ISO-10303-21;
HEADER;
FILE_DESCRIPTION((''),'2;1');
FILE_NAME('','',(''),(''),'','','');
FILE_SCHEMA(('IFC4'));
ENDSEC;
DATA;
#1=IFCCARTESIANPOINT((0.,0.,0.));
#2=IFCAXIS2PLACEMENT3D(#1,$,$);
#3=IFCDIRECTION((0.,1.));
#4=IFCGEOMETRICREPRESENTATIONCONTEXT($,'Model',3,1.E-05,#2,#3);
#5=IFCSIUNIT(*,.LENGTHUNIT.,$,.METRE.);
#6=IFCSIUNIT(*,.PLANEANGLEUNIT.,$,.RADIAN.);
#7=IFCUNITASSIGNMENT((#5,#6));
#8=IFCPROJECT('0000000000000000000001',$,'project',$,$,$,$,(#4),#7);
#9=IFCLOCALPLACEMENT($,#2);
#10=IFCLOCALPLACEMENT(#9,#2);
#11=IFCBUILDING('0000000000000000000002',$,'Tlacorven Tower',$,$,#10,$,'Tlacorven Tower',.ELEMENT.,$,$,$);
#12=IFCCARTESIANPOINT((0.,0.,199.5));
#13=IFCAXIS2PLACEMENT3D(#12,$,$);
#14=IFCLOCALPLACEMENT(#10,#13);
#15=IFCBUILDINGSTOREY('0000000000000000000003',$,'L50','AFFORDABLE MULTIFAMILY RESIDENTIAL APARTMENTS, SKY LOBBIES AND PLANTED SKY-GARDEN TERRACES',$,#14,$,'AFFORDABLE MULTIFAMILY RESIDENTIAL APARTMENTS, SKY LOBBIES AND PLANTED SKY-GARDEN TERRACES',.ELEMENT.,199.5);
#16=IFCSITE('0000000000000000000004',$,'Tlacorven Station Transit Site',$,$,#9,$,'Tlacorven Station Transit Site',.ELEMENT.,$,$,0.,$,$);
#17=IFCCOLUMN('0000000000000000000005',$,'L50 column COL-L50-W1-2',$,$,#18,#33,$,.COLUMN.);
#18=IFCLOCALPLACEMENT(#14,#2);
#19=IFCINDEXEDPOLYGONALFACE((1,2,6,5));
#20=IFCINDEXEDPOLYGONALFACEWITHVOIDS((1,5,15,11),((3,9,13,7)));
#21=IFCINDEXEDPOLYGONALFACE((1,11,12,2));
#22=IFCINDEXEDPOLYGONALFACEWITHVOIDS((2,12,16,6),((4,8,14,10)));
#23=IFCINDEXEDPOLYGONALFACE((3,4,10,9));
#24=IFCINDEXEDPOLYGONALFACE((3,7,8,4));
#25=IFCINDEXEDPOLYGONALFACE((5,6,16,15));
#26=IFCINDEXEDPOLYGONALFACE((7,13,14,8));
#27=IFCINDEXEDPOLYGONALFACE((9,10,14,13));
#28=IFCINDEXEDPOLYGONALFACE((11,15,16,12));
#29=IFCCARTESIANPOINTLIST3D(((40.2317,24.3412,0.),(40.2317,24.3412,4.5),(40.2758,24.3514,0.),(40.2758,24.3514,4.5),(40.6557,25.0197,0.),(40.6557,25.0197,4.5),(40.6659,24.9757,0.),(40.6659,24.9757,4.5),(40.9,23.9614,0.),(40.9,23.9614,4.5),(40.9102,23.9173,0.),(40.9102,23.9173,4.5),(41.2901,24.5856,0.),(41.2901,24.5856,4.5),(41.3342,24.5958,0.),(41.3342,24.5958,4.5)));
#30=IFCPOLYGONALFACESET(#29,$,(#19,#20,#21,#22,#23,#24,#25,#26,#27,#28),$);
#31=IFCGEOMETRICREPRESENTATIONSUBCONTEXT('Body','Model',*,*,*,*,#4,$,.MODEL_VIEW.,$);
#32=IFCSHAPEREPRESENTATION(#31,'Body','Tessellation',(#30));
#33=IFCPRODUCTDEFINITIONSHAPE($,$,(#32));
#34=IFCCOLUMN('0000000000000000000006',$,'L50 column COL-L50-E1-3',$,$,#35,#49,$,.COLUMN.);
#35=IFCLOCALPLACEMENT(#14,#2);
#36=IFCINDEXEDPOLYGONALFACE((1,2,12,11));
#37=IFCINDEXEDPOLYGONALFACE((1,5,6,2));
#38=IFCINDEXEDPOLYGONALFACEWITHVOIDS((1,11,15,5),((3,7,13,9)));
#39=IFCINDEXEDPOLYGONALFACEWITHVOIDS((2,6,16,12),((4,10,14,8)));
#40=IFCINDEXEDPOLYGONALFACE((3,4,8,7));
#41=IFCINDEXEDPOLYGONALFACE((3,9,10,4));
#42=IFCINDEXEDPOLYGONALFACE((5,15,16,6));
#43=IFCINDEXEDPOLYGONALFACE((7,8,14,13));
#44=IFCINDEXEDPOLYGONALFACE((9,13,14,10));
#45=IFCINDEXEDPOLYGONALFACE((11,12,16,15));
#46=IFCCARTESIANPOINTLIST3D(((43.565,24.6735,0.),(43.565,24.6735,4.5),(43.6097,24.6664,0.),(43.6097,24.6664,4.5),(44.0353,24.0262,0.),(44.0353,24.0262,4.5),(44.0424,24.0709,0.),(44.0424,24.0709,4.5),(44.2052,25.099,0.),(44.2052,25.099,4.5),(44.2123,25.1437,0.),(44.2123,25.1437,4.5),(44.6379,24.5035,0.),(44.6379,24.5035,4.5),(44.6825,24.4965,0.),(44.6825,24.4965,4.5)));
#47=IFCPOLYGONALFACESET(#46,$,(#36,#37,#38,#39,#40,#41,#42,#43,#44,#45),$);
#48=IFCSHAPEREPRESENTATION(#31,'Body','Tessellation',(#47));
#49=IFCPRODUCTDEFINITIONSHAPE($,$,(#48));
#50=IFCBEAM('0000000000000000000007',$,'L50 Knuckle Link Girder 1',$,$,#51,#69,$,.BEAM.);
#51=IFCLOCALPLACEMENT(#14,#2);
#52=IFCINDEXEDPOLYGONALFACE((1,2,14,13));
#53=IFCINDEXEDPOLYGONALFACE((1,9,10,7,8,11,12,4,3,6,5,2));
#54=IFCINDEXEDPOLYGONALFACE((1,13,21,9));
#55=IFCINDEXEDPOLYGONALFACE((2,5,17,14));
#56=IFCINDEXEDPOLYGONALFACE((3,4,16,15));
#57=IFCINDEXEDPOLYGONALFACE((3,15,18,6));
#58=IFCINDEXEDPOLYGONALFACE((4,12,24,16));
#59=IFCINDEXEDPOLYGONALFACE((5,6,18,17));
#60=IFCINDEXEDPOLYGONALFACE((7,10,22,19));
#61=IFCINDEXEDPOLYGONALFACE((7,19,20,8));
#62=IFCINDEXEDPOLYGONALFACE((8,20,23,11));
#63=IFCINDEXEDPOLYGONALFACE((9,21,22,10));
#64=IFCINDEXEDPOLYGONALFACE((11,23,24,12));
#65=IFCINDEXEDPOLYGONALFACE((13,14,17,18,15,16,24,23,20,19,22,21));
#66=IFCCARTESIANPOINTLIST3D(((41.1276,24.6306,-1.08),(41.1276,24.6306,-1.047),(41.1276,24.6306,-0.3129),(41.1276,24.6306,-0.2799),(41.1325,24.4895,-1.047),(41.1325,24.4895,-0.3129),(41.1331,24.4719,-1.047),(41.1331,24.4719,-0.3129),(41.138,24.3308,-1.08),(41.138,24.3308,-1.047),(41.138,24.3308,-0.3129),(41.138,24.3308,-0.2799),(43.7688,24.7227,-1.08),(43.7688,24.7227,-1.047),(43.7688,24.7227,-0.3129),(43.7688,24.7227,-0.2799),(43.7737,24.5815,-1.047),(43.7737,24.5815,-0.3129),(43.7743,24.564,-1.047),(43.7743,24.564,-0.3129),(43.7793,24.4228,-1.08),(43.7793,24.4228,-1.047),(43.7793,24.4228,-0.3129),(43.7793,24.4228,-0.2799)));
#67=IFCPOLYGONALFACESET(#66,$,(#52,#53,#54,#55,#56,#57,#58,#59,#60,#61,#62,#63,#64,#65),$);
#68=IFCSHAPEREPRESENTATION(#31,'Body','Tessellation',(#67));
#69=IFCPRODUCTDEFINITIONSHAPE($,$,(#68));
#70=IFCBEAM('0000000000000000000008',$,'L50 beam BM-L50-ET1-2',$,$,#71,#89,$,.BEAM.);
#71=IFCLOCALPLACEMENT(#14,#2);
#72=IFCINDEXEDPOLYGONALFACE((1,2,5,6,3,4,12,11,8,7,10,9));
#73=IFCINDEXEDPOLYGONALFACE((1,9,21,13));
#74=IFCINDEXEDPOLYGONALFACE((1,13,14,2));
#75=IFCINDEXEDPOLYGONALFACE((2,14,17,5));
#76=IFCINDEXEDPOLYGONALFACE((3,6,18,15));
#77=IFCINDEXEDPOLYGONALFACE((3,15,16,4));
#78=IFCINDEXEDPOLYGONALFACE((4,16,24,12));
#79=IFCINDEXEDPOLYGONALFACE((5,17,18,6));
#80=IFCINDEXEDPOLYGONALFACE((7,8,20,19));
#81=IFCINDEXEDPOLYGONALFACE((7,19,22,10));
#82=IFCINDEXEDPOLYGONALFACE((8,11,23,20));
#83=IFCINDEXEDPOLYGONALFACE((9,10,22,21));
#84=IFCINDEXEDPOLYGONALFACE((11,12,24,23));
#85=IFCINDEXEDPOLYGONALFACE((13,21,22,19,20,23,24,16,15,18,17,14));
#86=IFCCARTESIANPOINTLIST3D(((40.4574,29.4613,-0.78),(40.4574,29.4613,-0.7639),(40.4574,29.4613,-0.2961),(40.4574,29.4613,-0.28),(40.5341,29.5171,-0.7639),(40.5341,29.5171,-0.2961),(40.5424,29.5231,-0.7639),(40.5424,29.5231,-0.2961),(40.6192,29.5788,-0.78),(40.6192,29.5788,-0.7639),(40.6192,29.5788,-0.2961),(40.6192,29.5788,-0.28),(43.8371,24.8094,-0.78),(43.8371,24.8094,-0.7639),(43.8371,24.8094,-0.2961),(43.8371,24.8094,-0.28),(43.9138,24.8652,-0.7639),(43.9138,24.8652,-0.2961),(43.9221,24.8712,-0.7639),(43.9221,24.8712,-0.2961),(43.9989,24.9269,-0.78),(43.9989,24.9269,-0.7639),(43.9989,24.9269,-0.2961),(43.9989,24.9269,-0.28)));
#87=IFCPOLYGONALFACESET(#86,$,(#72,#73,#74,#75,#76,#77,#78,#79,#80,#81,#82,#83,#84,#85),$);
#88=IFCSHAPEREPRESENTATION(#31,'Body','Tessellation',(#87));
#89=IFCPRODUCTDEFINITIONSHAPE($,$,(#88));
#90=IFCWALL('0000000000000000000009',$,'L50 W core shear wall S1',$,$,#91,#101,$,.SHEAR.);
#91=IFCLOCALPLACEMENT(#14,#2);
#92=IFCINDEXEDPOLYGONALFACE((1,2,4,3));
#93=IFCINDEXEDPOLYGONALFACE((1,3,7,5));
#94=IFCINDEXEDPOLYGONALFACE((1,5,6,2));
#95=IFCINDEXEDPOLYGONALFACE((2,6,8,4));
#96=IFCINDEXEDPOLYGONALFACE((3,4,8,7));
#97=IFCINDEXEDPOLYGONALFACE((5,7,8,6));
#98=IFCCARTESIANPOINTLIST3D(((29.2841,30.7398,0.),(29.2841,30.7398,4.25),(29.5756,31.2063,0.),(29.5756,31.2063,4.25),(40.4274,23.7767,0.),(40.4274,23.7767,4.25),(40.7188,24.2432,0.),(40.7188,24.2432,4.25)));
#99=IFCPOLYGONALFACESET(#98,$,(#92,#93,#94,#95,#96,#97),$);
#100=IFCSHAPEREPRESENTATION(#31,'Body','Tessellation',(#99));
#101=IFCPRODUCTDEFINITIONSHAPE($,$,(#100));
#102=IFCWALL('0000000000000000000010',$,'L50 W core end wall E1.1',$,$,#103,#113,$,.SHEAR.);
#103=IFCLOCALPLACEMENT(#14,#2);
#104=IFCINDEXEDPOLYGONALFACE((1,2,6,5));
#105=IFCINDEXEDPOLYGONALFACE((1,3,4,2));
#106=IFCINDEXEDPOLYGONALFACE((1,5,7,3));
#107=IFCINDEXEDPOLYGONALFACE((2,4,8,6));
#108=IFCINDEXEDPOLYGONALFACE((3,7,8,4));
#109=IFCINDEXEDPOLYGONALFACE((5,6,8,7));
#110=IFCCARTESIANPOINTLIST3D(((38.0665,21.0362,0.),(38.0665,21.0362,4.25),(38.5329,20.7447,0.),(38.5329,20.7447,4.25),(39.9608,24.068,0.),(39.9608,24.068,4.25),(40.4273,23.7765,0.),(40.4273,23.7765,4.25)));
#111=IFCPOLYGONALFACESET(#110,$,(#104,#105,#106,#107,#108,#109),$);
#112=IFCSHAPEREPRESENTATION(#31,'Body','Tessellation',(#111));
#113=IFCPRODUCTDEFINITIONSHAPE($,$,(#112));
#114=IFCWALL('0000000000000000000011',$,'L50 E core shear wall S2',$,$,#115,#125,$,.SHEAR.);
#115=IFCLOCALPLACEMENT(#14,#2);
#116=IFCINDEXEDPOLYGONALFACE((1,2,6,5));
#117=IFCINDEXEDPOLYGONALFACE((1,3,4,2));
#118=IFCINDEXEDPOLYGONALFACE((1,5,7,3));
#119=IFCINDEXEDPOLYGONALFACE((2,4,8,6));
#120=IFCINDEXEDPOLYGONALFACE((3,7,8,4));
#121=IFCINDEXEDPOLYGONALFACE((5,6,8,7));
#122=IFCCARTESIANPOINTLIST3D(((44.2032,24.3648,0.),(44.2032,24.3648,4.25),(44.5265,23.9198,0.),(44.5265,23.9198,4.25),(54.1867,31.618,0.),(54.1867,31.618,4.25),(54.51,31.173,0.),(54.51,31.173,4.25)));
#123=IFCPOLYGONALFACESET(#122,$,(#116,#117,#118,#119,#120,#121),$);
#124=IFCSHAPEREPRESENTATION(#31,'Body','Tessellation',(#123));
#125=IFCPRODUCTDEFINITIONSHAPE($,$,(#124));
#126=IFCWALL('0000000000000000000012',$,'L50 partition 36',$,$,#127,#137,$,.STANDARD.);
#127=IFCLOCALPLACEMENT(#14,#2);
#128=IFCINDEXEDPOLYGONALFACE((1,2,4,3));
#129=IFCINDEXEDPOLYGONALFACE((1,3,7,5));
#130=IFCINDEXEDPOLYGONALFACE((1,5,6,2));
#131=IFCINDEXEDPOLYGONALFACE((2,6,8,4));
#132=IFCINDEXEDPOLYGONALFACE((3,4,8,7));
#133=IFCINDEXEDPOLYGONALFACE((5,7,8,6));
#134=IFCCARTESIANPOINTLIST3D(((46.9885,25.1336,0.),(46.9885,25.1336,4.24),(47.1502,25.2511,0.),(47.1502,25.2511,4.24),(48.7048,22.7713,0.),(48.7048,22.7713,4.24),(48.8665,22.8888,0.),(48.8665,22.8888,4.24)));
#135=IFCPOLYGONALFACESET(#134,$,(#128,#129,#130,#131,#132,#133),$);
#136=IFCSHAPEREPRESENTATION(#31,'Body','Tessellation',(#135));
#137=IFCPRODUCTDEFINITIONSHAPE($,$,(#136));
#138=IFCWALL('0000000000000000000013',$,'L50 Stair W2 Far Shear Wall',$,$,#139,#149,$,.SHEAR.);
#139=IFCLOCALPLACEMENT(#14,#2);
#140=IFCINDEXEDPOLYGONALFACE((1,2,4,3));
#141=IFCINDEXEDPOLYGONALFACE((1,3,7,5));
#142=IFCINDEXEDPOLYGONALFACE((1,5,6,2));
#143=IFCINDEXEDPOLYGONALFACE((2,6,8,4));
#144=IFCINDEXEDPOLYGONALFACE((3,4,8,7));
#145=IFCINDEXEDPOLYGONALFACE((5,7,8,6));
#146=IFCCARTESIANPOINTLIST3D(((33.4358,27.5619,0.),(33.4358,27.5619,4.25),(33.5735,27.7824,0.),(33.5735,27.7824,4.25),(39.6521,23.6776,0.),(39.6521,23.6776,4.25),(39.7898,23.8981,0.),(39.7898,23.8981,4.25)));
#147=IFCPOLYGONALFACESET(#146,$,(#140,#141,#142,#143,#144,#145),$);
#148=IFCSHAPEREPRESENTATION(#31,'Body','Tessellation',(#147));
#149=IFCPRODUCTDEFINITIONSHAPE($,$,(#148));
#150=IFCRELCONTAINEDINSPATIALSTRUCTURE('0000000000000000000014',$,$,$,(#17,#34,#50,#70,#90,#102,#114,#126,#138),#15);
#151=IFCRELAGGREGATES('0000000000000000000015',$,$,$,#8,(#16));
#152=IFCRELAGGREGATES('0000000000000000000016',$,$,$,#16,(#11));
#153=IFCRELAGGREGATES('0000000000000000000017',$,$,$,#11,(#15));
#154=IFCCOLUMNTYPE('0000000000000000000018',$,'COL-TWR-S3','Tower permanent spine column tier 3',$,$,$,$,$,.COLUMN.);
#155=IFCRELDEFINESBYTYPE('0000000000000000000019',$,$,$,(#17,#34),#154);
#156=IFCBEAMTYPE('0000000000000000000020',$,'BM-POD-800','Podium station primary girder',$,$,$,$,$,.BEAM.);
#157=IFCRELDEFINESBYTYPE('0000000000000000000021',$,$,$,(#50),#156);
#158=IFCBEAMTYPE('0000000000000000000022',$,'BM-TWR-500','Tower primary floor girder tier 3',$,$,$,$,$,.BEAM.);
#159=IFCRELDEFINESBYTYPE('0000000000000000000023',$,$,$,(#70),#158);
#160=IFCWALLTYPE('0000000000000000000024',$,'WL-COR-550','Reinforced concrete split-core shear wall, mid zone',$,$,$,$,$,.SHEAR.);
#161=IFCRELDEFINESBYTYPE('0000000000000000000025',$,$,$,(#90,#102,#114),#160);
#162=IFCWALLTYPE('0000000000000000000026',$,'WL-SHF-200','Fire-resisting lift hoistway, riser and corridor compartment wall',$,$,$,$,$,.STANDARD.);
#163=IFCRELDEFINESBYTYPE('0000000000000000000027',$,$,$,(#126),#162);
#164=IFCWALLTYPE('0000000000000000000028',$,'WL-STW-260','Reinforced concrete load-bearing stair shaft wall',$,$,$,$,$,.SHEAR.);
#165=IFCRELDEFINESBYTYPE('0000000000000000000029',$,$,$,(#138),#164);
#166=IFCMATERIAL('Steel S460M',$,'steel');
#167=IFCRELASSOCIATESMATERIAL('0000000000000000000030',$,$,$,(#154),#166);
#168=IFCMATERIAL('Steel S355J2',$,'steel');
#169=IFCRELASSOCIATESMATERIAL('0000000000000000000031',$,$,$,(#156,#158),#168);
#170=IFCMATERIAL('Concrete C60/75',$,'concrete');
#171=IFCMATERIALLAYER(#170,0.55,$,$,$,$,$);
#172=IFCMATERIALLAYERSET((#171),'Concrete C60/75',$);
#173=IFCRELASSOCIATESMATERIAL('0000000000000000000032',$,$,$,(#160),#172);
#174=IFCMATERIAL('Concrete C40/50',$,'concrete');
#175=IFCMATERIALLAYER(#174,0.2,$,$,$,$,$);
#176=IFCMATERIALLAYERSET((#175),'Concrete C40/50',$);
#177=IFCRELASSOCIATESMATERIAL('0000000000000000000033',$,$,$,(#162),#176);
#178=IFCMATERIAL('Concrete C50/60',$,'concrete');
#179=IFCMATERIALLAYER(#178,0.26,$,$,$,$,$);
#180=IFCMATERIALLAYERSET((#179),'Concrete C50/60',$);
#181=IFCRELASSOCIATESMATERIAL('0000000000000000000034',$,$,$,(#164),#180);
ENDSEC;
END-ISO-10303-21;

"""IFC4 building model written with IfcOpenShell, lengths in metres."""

from ifc_helpers import new_model, si_unit, direction, frame, frame_2d, origin, origin_2d, place, context, subcontext, project, spatial, rectangle, hollow_rectangle, i_section, extrude, source, transform, mapped, material, layer, layer_set, material_profile, profile_set, type_object, element, save


model = new_model("IFC4")

# Units and contexts
model_context = context("Model", 3, precision=1e-05, world=origin(), true_north=direction((0.0, 1.0)))
body_context = subcontext(model_context, "Body", "Model", "MODEL_VIEW")
ifc_project = project(units=[si_unit("LENGTHUNIT", "METRE"), si_unit("PLANEANGLEUNIT", "RADIAN")], contexts=[model_context])

# Site, building, storey
site_placement = place(None, origin())
site = spatial("IfcSite", under=ifc_project, at=site_placement, Name="Tlacorven Station Transit Site", LongName="Tlacorven Station Transit Site", CompositionType="ELEMENT", RefElevation=0.0)
building_placement = place(site_placement, origin())
building = spatial("IfcBuilding", under=site, at=building_placement, Name="Tlacorven Tower", LongName="Tlacorven Tower", CompositionType="ELEMENT")
storey_placement = place(building_placement, frame((0.0, 0.0, 199.5)))
storey = spatial("IfcBuildingStorey", under=building, at=storey_placement, Name="L50", Description="AFFORDABLE MULTIFAMILY RESIDENTIAL APARTMENTS, SKY LOBBIES AND PLANTED SKY-GARDEN TERRACES", LongName="AFFORDABLE MULTIFAMILY RESIDENTIAL APARTMENTS, SKY LOBBIES AND PLANTED SKY-GARDEN TERRACES", CompositionType="ELEMENT", Elevation=199.5)

# Columns
ifc_material_1 = material(Name="Steel S460M", Category="steel")
ifc_material_profile_1 = material_profile(ifc_material_1, hollow_rectangle(XDim=0.8, YDim=0.8, WallThickness=0.032, at=origin_2d()), Name="BOX 800X800X32")
ifc_profile_set_1 = profile_set([ifc_material_profile_1], Name="Steel S460M")
column_type = type_object("IfcColumnType", Name="COL-TWR-S3", Description="Tower permanent spine column tier 3", PredefinedType="COLUMN", material=ifc_profile_set_1)
shared_shape_1 = source(origin(), body_context, "Body", "SweptSolid", [
    extrude(hollow_rectangle(XDim=0.8, YDim=0.8, WallThickness=0.032, at=origin_2d()), origin(), (0.0, 0.0, 1.0), 4.5),
])
for number, where, z_axis, x_axis, name in (
    (1, (40.783, 24.4685, 0.0), (0.0, 0.0, 1.0), (-0.848048, 0.529919, 0.0), "L50 column COL-L50-W1-2"),
    (2, (44.1238, 24.585, 0.0), (0.0, 0.0, 1.0), (0.809017, 0.587785, 0.0), "L50 column COL-L50-E1-3"),
):
    element("IfcColumn", number, at=place(storey_placement, frame(where, z_axis=z_axis, x_axis=x_axis)), inside=storey, type_object=column_type, Name=name, PredefinedType="COLUMN", context=body_context, shape_type="MappedRepresentation", body=[
        mapped(shared_shape_1, transform((0.0, 0.0, 0.0), scale=1.0)),
    ])

# Beams
ifc_material_2 = material(Name="Steel S355J2", Category="steel")
ifc_material_profile_2 = material_profile(ifc_material_2, i_section(OverallWidth=0.3, OverallDepth=0.8, WebThickness=0.0176, FlangeThickness=0.033, at=origin_2d()), Name="HEB 800")
ifc_profile_set_2 = profile_set([ifc_material_profile_2], Name="Steel S355J2")
beam_type_1 = type_object("IfcBeamType", Name="BM-POD-800", Description="Podium station primary girder", PredefinedType="BEAM", material=ifc_profile_set_2)
shared_shape_2 = source(origin(), body_context, "Body", "SweptSolid", [
    extrude(i_section(OverallWidth=0.3, OverallDepth=0.8, WebThickness=0.0176, FlangeThickness=0.033, at=origin_2d()), origin(), (0.0, 0.0, 1.0), 2.6428),
])
beam_1_placement = place(storey_placement, frame((41.1328, 24.4807, -0.6799), z_axis=(0.999393, 0.034828, 0.0), x_axis=(-0.034828, 0.999393, 0.0)))
element("IfcBeam", 3, at=beam_1_placement, inside=storey, type_object=beam_type_1, Name="L50 Knuckle Link Girder 1", PredefinedType="BEAM", context=body_context, shape_type="MappedRepresentation", body=[
    mapped(shared_shape_2, transform((0.0, 0.0, 0.0), scale=1.0)),
])
ifc_material_profile_3 = material_profile(ifc_material_2, i_section(OverallWidth=0.2, OverallDepth=0.5, WebThickness=0.0103, FlangeThickness=0.0161, at=origin_2d()), Name="IPE 500")
ifc_profile_set_3 = profile_set([ifc_material_profile_3], Name="Steel S355J2")
beam_type_2 = type_object("IfcBeamType", Name="BM-TWR-500", Description="Tower primary floor girder tier 3", PredefinedType="BEAM", material=ifc_profile_set_3)
shared_shape_3 = source(origin(), body_context, "Body", "SweptSolid", [
    extrude(i_section(OverallWidth=0.2, OverallDepth=0.5, WebThickness=0.0103, FlangeThickness=0.0161, at=origin_2d()), origin(), (0.0, 0.0, 1.0), 5.75),
])
beam_2_placement = place(storey_placement, frame((43.918, 24.8682, -0.53), z_axis=(-0.58777, 0.809028, 0.0), x_axis=(-0.809028, -0.58777, 0.0)))
element("IfcBeam", 4, at=beam_2_placement, inside=storey, type_object=beam_type_2, Name="L50 beam BM-L50-ET1-2", PredefinedType="BEAM", context=body_context, shape_type="MappedRepresentation", body=[
    mapped(shared_shape_3, transform((0.0, 0.0, 0.0), scale=1.0)),
])

# Walls
ifc_material_3 = material(Name="Concrete C60/75", Category="concrete")
ifc_layer_1 = layer(ifc_material_3, 0.55)
ifc_layer_set_1 = layer_set([ifc_layer_1], Name="Concrete C60/75")
wall_type_1 = type_object("IfcWallType", Name="WL-COR-550", Description="Reinforced concrete split-core shear wall, mid zone", PredefinedType="SHEAR", material=ifc_layer_set_1)
wall_1_placement = place(storey_placement, frame((40.573, 24.01, 0.0), z_axis=(0.0, 0.0, 1.0), x_axis=(-0.848047, 0.52992, 0.0)))
element("IfcWall", 5, at=wall_1_placement, inside=storey, type_object=wall_type_1, Name="L50 W core shear wall S1", PredefinedType="SHEAR", context=body_context, shape_type="SweptSolid", body=[
    extrude(rectangle(XDim=13.1399, YDim=0.55, at=frame_2d((6.5698, 0.0))), origin(), (0.0, 0.0, 1.0), 4.25),
])
wall_2_placement = place(storey_placement, frame((40.1941, 23.9224, 0.0), z_axis=(0.0, 0.0, 1.0), x_axis=(-0.529888, -0.848067, 0.0)))
element("IfcWall", 6, at=wall_2_placement, inside=storey, type_object=wall_type_1, Name="L50 W core end wall E1.1", PredefinedType="SHEAR", context=body_context, shape_type="SweptSolid", body=[
    extrude(rectangle(XDim=3.575, YDim=0.55, at=frame_2d((1.7876, 0.0))), origin(), (0.0, 0.0, 1.0), 4.25),
])
wall_3_placement = place(storey_placement, frame((44.365, 24.1423, 0.0), z_axis=(0.0, 0.0, 1.0), x_axis=(0.809024, 0.587775, 0.0)))
element("IfcWall", 7, at=wall_3_placement, inside=storey, type_object=wall_type_1, Name="L50 E core shear wall S2", PredefinedType="SHEAR", context=body_context, shape_type="SweptSolid", body=[
    extrude(rectangle(XDim=12.3401, YDim=0.55, at=frame_2d((6.1699, 0.0))), origin(), (0.0, 0.0, 1.0), 4.25),
])
ifc_material_4 = material(Name="Concrete C40/50", Category="concrete")
ifc_layer_2 = layer(ifc_material_4, 0.2)
ifc_layer_set_2 = layer_set([ifc_layer_2], Name="Concrete C40/50")
wall_type_2 = type_object("IfcWallType", Name="WL-SHF-200", Description="Fire-resisting lift hoistway, riser and corridor compartment wall", PredefinedType="STANDARD", material=ifc_layer_set_2)
wall_4_placement = place(storey_placement, frame((48.7856, 22.8301, 0.0), z_axis=(0.0, 0.0, 1.0), x_axis=(-0.587784, 0.809018, 0.0)))
element("IfcWall", 8, at=wall_4_placement, inside=storey, type_object=wall_type_2, Name="L50 partition 36", PredefinedType="STANDARD", context=body_context, shape_type="SweptSolid", body=[
    extrude(rectangle(XDim=2.9199, YDim=0.2, at=frame_2d((1.46, 0.0))), origin(), (0.0, 0.0, 1.0), 4.24),
])
ifc_material_5 = material(Name="Concrete C50/60", Category="concrete")
ifc_layer_3 = layer(ifc_material_5, 0.26)
ifc_layer_set_3 = layer_set([ifc_layer_3], Name="Concrete C50/60")
wall_type_3 = type_object("IfcWallType", Name="WL-STW-260", Description="Reinforced concrete load-bearing stair shaft wall", PredefinedType="SHEAR", material=ifc_layer_set_3)
wall_5_placement = place(storey_placement, frame((39.7209, 23.7878, 0.0), z_axis=(0.0, 0.0, 1.0), x_axis=(-0.848054, 0.529909, 0.0)))
element("IfcWall", 9, at=wall_5_placement, inside=storey, type_object=wall_type_3, Name="L50 Stair W2 Far Shear Wall", PredefinedType="SHEAR", context=body_context, shape_type="SweptSolid", body=[
    extrude(rectangle(XDim=7.3301, YDim=0.26, at=frame_2d((3.665, 0.0))), origin(), (0.0, 0.0, 1.0), 4.25),
])

save(model, "model.ifc")
